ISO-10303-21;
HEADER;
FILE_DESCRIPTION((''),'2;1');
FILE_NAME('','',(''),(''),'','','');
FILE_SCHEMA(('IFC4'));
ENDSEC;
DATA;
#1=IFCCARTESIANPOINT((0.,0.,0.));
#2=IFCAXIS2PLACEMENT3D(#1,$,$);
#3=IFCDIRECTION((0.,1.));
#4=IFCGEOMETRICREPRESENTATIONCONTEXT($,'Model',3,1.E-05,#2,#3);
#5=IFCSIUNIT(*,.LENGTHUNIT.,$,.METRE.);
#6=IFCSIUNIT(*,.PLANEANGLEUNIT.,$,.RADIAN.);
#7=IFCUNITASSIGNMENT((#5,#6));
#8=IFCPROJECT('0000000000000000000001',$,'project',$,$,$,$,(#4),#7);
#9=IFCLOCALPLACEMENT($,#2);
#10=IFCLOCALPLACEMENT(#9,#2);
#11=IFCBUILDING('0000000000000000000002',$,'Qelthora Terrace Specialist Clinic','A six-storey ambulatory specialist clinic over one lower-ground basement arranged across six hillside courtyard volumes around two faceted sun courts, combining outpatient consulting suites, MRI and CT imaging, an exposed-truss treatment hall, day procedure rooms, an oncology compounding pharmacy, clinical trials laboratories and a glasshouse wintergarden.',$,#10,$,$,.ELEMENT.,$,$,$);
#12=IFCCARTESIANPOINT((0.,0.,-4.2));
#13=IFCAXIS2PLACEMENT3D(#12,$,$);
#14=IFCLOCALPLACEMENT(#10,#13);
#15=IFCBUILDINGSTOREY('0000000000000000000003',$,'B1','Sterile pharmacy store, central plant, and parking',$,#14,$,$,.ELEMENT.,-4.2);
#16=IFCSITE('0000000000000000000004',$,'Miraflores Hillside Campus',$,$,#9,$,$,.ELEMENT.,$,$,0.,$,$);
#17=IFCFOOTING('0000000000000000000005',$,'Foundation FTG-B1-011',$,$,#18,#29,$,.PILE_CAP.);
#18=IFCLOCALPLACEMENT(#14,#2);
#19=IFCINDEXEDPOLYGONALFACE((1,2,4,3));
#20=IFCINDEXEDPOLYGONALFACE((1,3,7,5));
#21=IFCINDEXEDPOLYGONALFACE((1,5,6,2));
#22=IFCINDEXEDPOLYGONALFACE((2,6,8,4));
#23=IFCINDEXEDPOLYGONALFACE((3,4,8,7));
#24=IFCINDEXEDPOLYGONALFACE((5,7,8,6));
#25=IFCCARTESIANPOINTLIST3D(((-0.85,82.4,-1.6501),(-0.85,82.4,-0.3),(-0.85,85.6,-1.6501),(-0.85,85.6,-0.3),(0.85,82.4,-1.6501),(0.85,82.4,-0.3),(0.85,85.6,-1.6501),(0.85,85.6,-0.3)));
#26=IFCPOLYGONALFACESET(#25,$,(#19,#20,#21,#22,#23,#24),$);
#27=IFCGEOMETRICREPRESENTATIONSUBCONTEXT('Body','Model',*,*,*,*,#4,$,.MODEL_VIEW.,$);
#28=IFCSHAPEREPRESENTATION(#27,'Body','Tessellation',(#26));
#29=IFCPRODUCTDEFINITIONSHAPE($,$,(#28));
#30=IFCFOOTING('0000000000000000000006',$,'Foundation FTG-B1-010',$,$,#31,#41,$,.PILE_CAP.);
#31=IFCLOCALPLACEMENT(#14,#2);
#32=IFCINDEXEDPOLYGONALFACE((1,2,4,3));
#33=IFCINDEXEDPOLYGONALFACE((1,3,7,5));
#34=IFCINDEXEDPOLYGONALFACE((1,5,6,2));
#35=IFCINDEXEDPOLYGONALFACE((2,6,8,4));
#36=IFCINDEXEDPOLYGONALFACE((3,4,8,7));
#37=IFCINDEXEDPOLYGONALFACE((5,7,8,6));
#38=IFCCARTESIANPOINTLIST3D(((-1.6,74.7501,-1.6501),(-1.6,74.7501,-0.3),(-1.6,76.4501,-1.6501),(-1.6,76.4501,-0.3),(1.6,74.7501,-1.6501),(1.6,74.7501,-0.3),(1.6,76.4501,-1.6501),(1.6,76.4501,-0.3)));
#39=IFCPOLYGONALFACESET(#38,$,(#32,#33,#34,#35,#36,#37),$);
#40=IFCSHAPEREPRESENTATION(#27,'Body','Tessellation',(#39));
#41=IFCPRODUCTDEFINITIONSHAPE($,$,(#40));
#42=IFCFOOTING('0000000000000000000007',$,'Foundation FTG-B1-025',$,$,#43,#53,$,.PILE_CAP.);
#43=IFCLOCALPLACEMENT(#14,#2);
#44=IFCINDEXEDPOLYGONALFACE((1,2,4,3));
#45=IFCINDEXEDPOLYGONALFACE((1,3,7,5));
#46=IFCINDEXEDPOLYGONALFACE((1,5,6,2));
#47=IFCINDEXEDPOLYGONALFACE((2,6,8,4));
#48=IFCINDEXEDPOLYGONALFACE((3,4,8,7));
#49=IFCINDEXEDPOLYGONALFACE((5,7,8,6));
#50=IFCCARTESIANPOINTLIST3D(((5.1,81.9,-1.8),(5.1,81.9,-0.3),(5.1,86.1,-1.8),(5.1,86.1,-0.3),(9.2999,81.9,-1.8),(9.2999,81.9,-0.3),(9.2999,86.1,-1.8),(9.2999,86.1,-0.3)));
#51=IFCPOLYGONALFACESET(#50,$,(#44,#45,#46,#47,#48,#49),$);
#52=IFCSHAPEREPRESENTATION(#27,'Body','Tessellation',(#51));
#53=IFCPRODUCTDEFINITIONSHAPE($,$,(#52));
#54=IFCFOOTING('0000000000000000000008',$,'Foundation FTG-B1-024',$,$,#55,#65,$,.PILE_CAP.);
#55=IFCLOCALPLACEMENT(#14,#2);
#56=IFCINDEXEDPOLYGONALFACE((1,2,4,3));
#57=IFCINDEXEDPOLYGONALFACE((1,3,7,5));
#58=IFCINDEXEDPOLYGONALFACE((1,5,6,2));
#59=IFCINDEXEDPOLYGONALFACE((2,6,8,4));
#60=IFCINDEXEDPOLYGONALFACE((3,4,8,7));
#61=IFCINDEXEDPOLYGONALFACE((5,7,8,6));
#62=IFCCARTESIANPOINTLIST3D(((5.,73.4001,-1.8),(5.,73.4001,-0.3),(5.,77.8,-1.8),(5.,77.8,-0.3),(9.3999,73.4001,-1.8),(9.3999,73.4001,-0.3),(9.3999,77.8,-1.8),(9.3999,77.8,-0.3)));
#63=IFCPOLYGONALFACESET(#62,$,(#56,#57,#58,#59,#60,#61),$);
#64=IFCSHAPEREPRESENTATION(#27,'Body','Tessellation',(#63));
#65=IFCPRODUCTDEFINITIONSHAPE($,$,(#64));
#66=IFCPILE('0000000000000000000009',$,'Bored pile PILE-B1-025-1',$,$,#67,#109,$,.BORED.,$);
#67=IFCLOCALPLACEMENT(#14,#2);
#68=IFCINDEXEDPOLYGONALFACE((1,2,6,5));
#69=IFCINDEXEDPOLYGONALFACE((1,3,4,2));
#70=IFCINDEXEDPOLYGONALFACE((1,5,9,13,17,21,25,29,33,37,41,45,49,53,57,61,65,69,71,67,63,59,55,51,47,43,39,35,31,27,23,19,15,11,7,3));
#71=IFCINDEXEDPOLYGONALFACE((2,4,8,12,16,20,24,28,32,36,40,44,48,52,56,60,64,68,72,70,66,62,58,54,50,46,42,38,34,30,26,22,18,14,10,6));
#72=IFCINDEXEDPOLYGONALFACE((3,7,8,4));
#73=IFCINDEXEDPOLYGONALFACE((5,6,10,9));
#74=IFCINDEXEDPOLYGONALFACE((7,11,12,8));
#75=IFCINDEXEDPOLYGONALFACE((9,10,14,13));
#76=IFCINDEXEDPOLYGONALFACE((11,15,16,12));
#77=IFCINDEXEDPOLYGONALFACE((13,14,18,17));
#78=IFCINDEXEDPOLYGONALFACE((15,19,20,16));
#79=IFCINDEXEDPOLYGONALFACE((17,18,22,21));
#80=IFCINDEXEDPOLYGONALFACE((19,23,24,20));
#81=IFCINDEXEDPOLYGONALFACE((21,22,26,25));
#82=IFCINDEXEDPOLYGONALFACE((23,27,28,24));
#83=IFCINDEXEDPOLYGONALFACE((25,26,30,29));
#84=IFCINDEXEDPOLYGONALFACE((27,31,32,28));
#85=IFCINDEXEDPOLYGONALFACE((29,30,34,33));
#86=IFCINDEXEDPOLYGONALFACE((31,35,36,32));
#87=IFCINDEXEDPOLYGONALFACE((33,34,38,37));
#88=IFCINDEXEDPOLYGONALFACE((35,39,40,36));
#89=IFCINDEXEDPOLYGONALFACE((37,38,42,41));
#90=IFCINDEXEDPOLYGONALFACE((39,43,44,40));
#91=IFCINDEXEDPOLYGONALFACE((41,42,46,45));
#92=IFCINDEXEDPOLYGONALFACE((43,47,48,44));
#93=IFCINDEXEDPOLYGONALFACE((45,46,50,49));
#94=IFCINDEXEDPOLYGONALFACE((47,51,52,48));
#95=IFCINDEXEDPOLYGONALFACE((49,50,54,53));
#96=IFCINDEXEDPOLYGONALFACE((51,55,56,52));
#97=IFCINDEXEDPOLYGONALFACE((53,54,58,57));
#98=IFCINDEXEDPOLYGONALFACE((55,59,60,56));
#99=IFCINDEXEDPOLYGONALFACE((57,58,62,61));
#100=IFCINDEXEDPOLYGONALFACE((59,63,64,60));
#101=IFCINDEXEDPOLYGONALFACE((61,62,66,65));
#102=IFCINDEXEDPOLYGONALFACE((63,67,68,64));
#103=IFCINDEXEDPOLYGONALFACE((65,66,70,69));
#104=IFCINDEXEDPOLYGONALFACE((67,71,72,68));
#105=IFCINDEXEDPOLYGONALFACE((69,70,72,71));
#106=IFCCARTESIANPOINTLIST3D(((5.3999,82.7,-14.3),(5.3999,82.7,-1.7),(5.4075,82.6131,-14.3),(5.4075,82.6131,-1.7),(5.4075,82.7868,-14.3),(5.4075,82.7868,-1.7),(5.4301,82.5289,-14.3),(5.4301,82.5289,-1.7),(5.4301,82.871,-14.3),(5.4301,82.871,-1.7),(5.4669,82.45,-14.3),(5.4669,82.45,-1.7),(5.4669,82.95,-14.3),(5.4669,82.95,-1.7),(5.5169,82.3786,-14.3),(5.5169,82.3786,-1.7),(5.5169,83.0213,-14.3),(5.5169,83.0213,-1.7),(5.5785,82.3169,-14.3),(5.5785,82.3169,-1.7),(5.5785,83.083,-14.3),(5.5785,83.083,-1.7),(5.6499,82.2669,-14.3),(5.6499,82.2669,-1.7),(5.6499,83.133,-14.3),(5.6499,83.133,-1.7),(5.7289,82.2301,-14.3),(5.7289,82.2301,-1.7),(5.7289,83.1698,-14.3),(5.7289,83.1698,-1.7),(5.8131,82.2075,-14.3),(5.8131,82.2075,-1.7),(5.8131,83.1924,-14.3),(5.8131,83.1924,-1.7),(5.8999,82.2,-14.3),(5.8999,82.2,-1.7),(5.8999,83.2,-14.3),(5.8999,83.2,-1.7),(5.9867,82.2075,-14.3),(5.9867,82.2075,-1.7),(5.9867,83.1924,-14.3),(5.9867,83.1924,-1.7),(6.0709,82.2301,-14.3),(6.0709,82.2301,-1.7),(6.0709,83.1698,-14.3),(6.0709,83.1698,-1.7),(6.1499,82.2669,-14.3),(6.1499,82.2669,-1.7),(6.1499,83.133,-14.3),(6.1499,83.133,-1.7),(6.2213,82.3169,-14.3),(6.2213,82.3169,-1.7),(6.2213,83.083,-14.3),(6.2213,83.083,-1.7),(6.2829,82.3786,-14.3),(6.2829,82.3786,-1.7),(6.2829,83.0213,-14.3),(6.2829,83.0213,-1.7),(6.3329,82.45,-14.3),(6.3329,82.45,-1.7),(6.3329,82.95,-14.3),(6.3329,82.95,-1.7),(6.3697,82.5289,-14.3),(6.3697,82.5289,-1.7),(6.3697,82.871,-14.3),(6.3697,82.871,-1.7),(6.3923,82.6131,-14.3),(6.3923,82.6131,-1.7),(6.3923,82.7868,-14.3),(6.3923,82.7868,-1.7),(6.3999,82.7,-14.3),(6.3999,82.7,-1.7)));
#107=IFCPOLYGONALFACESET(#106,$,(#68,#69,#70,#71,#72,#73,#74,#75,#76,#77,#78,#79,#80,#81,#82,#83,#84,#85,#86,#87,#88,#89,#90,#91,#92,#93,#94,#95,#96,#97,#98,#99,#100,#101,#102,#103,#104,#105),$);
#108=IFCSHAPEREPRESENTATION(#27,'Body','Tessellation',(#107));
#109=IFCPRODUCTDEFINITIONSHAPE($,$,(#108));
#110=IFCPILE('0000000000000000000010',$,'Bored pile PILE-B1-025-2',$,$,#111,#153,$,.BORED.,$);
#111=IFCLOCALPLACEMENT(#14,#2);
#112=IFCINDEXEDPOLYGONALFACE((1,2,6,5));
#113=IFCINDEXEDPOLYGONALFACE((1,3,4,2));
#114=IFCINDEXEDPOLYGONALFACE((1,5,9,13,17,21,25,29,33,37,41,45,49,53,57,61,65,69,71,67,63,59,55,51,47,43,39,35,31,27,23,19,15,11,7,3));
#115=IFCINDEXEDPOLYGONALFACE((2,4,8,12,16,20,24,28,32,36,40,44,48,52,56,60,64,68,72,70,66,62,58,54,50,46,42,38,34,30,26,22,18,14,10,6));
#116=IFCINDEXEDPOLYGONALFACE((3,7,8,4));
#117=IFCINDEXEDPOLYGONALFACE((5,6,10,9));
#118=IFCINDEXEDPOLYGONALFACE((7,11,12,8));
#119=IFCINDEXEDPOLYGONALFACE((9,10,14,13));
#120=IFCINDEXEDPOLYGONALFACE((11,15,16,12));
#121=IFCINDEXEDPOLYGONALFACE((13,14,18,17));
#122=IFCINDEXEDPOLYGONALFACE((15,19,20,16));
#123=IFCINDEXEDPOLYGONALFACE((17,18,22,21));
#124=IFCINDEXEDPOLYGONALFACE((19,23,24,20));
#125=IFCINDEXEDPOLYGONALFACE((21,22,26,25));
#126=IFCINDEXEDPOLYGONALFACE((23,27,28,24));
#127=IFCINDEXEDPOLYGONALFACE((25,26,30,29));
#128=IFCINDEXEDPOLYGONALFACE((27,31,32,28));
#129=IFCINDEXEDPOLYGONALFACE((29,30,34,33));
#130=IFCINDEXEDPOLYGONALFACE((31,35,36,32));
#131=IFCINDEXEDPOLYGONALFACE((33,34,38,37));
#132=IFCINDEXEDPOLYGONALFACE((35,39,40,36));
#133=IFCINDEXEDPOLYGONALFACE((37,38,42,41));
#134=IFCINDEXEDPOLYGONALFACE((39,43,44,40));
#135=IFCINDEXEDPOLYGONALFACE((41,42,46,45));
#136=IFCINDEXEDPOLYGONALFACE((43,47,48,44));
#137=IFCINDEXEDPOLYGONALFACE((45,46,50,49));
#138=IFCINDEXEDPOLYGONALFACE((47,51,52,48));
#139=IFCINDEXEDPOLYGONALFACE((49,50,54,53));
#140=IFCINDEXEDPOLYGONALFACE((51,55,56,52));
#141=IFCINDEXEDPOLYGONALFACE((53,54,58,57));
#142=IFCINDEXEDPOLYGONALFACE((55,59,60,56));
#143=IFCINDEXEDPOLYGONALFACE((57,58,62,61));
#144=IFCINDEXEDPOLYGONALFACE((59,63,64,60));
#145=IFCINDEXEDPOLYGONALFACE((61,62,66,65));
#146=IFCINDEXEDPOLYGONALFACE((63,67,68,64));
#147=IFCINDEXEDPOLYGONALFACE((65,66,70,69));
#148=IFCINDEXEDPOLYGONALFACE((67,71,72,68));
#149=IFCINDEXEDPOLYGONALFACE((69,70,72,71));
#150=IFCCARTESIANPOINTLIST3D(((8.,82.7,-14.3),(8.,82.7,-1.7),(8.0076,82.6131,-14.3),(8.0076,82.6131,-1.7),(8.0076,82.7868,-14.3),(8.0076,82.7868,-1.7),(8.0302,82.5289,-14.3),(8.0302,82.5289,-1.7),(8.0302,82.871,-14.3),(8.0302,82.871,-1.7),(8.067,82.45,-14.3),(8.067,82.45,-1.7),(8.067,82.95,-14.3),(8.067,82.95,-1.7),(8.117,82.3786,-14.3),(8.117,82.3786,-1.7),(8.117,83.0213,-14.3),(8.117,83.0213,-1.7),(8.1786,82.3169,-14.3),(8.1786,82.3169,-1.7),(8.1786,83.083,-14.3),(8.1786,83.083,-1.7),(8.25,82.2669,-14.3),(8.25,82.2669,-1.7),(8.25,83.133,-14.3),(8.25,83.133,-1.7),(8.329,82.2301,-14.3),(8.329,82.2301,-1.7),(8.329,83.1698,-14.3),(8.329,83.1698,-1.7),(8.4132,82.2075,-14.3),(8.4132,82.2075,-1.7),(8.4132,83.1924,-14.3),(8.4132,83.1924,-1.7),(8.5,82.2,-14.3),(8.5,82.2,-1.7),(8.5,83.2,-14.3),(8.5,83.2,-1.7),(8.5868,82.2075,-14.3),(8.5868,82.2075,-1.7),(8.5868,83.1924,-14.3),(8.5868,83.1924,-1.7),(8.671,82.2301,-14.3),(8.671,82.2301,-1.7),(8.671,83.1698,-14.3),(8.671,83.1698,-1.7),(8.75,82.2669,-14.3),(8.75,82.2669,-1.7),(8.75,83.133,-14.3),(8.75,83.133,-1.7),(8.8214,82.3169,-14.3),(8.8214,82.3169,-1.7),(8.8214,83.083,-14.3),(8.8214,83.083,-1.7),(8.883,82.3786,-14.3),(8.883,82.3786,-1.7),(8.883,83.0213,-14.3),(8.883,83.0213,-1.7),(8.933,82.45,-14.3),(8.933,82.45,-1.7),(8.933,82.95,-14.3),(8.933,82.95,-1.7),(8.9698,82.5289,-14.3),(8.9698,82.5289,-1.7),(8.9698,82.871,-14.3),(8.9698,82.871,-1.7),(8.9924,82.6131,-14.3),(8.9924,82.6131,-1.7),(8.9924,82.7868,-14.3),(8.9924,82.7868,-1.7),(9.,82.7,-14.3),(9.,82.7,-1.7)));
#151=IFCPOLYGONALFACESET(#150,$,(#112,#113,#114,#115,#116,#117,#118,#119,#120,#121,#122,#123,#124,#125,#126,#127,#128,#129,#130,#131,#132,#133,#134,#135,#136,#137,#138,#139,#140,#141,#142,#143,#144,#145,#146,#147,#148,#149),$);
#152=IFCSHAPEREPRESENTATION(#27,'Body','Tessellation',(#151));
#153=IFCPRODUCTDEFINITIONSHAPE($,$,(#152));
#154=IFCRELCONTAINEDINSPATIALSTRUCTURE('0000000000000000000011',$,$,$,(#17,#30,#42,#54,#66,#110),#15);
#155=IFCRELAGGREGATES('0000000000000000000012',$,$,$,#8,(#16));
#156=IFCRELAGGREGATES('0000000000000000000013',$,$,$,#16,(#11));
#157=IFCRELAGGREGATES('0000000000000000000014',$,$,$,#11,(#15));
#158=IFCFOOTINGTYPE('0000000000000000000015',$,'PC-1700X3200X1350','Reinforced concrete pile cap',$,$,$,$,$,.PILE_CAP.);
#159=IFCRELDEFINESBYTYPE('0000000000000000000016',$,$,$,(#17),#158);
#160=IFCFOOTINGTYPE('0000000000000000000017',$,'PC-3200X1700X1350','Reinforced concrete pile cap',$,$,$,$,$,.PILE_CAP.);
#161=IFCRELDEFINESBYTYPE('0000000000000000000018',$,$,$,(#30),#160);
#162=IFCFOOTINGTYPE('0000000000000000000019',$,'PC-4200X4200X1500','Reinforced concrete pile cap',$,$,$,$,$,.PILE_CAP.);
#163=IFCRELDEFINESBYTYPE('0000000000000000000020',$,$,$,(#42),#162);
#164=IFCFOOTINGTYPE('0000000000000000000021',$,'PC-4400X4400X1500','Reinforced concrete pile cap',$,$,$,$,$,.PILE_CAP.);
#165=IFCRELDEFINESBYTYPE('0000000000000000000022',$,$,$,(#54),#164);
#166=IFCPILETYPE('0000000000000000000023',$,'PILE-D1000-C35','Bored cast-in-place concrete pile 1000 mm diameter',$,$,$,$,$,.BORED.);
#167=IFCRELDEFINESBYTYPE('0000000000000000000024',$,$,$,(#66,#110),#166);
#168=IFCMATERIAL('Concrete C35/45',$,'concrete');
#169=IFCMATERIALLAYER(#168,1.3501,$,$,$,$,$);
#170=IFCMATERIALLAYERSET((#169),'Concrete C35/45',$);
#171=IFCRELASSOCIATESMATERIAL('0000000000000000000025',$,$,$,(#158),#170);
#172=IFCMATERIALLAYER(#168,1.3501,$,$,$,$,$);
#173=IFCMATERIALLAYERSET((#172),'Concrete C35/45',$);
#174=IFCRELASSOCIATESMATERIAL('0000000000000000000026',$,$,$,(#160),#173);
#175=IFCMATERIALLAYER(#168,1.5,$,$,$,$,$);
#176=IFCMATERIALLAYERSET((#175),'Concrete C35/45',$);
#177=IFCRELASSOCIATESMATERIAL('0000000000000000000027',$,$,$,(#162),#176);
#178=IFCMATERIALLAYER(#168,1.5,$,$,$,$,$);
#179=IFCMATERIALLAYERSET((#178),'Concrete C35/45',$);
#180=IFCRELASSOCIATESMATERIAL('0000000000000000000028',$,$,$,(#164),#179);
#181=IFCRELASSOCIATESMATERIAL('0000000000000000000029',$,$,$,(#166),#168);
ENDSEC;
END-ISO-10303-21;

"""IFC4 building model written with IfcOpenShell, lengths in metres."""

from ifc_helpers import new_model, si_unit, direction, frame, origin, origin_2d, place, context, subcontext, project, spatial, rectangle, circle, extrude, material, layer, layer_set, material_profile, profile_set, type_object, element, save


model = new_model("IFC4")

# Units and contexts
model_context = context("Model", 3, precision=1e-05, world=origin(), true_north=direction((0.0, 1.0)))
body_context = subcontext(model_context, "Body", "Model", "MODEL_VIEW")
ifc_project = project(units=[si_unit("LENGTHUNIT", "METRE"), si_unit("PLANEANGLEUNIT", "RADIAN")], contexts=[model_context])

# Site, building, storey
site_placement = place(None, origin())
site = spatial("IfcSite", under=ifc_project, at=site_placement, Name="Miraflores Hillside Campus", CompositionType="ELEMENT", RefElevation=0.0)
building_placement = place(site_placement, origin())
building = spatial("IfcBuilding", under=site, at=building_placement, Name="Qelthora Terrace Specialist Clinic", Description="A six-storey ambulatory specialist clinic over one lower-ground basement arranged across six hillside courtyard volumes around two faceted sun courts, combining outpatient consulting suites, MRI and CT imaging, an exposed-truss treatment hall, day procedure rooms, an oncology compounding pharmacy, clinical trials laboratories and a glasshouse wintergarden.", CompositionType="ELEMENT")
storey_placement = place(building_placement, frame((0.0, 0.0, -4.2)))
storey = spatial("IfcBuildingStorey", under=building, at=storey_placement, Name="B1", Description="Sterile pharmacy store, central plant, and parking", CompositionType="ELEMENT", Elevation=-4.2)

# Footings
ifc_material_1 = material(Name="Concrete C35/45", Category="concrete")
ifc_layer_1 = layer(ifc_material_1, 1.3501)
ifc_layer_set_1 = layer_set([ifc_layer_1], Name="Concrete C35/45")
footing_type_1 = type_object("IfcFootingType", Name="PC-1700X3200X1350", Description="Reinforced concrete pile cap", PredefinedType="PILE_CAP", material=ifc_layer_set_1)
footing_1_placement = place(storey_placement, frame((0.0, 84.0, -1.6501), z_axis=(0.0, 0.0, 1.0), x_axis=(1.0, 0.0, 0.0)))
element("IfcFooting", 1, at=footing_1_placement, inside=storey, type_object=footing_type_1, Name="Foundation FTG-B1-011", PredefinedType="PILE_CAP", context=body_context, shape_type="SweptSolid", body=[
    extrude(rectangle(XDim=1.7, YDim=3.2, at=origin_2d()), origin(), (0.0, 0.0, 1.0), 1.3501),
])
ifc_layer_2 = layer(ifc_material_1, 1.3501)
ifc_layer_set_2 = layer_set([ifc_layer_2], Name="Concrete C35/45")
footing_type_2 = type_object("IfcFootingType", Name="PC-3200X1700X1350", Description="Reinforced concrete pile cap", PredefinedType="PILE_CAP", material=ifc_layer_set_2)
footing_2_placement = place(storey_placement, frame((0.0, 75.6001, -1.6501), z_axis=(0.0, 0.0, 1.0), x_axis=(1.0, 0.0, 0.0)))
element("IfcFooting", 2, at=footing_2_placement, inside=storey, type_object=footing_type_2, Name="Foundation FTG-B1-010", PredefinedType="PILE_CAP", context=body_context, shape_type="SweptSolid", body=[
    extrude(rectangle(XDim=3.2, YDim=1.7, at=origin_2d()), origin(), (0.0, 0.0, 1.0), 1.3501),
])
ifc_layer_3 = layer(ifc_material_1, 1.5)
ifc_layer_set_3 = layer_set([ifc_layer_3], Name="Concrete C35/45")
footing_type_3 = type_object("IfcFootingType", Name="PC-4200X4200X1500", Description="Reinforced concrete pile cap", PredefinedType="PILE_CAP", material=ifc_layer_set_3)
footing_3_placement = place(storey_placement, frame((7.2, 84.0, -1.8), z_axis=(0.0, 0.0, 1.0), x_axis=(1.0, 0.0, 0.0)))
element("IfcFooting", 3, at=footing_3_placement, inside=storey, type_object=footing_type_3, Name="Foundation FTG-B1-025", PredefinedType="PILE_CAP", context=body_context, shape_type="SweptSolid", body=[
    extrude(rectangle(XDim=4.2, YDim=4.2, at=origin_2d()), origin(), (0.0, 0.0, 1.0), 1.5),
])
ifc_layer_4 = layer(ifc_material_1, 1.5)
ifc_layer_set_4 = layer_set([ifc_layer_4], Name="Concrete C35/45")
footing_type_4 = type_object("IfcFootingType", Name="PC-4400X4400X1500", Description="Reinforced concrete pile cap", PredefinedType="PILE_CAP", material=ifc_layer_set_4)
footing_4_placement = place(storey_placement, frame((7.2, 75.6001, -1.8), z_axis=(0.0, 0.0, 1.0), x_axis=(1.0, 0.0, 0.0)))
element("IfcFooting", 4, at=footing_4_placement, inside=storey, type_object=footing_type_4, Name="Foundation FTG-B1-024", PredefinedType="PILE_CAP", context=body_context, shape_type="SweptSolid", body=[
    extrude(rectangle(XDim=4.3999, YDim=4.3999, at=origin_2d()), origin(), (0.0, 0.0, 1.0), 1.5),
])

# Piles
ifc_material_profile_1 = material_profile(ifc_material_1, circle(Radius=0.5, at=origin_2d()), Name="PILE1000")
ifc_profile_set_1 = profile_set([ifc_material_profile_1], Name="Concrete C35/45")
pile_type_1 = type_object("IfcPileType", Name="PILE-D1000-C35", Description="Bored cast-in-place concrete pile 1000 mm diameter", PredefinedType="BORED", material=ifc_profile_set_1)
for number, where, z_axis, x_axis, name in (
    (5, (5.8999, 82.7, -1.7), (0.0, 0.0, -1.0), (1.0, 0.0, 0.0), "Bored pile PILE-B1-025-1"),
    (6, (8.5, 82.7, -1.7), (0.0, 0.0, -1.0), (1.0, 0.0, 0.0), "Bored pile PILE-B1-025-2"),
):
    element("IfcPile", number, at=place(storey_placement, frame(where, z_axis=z_axis, x_axis=x_axis)), inside=storey, type_object=pile_type_1, Name=name, PredefinedType="BORED", context=body_context, shape_type="SweptSolid", body=[
        extrude(circle(Radius=0.5, at=origin_2d()), origin(), (0.0, 0.0, 1.0), 12.6001),
    ])

save(model, "model.ifc")
